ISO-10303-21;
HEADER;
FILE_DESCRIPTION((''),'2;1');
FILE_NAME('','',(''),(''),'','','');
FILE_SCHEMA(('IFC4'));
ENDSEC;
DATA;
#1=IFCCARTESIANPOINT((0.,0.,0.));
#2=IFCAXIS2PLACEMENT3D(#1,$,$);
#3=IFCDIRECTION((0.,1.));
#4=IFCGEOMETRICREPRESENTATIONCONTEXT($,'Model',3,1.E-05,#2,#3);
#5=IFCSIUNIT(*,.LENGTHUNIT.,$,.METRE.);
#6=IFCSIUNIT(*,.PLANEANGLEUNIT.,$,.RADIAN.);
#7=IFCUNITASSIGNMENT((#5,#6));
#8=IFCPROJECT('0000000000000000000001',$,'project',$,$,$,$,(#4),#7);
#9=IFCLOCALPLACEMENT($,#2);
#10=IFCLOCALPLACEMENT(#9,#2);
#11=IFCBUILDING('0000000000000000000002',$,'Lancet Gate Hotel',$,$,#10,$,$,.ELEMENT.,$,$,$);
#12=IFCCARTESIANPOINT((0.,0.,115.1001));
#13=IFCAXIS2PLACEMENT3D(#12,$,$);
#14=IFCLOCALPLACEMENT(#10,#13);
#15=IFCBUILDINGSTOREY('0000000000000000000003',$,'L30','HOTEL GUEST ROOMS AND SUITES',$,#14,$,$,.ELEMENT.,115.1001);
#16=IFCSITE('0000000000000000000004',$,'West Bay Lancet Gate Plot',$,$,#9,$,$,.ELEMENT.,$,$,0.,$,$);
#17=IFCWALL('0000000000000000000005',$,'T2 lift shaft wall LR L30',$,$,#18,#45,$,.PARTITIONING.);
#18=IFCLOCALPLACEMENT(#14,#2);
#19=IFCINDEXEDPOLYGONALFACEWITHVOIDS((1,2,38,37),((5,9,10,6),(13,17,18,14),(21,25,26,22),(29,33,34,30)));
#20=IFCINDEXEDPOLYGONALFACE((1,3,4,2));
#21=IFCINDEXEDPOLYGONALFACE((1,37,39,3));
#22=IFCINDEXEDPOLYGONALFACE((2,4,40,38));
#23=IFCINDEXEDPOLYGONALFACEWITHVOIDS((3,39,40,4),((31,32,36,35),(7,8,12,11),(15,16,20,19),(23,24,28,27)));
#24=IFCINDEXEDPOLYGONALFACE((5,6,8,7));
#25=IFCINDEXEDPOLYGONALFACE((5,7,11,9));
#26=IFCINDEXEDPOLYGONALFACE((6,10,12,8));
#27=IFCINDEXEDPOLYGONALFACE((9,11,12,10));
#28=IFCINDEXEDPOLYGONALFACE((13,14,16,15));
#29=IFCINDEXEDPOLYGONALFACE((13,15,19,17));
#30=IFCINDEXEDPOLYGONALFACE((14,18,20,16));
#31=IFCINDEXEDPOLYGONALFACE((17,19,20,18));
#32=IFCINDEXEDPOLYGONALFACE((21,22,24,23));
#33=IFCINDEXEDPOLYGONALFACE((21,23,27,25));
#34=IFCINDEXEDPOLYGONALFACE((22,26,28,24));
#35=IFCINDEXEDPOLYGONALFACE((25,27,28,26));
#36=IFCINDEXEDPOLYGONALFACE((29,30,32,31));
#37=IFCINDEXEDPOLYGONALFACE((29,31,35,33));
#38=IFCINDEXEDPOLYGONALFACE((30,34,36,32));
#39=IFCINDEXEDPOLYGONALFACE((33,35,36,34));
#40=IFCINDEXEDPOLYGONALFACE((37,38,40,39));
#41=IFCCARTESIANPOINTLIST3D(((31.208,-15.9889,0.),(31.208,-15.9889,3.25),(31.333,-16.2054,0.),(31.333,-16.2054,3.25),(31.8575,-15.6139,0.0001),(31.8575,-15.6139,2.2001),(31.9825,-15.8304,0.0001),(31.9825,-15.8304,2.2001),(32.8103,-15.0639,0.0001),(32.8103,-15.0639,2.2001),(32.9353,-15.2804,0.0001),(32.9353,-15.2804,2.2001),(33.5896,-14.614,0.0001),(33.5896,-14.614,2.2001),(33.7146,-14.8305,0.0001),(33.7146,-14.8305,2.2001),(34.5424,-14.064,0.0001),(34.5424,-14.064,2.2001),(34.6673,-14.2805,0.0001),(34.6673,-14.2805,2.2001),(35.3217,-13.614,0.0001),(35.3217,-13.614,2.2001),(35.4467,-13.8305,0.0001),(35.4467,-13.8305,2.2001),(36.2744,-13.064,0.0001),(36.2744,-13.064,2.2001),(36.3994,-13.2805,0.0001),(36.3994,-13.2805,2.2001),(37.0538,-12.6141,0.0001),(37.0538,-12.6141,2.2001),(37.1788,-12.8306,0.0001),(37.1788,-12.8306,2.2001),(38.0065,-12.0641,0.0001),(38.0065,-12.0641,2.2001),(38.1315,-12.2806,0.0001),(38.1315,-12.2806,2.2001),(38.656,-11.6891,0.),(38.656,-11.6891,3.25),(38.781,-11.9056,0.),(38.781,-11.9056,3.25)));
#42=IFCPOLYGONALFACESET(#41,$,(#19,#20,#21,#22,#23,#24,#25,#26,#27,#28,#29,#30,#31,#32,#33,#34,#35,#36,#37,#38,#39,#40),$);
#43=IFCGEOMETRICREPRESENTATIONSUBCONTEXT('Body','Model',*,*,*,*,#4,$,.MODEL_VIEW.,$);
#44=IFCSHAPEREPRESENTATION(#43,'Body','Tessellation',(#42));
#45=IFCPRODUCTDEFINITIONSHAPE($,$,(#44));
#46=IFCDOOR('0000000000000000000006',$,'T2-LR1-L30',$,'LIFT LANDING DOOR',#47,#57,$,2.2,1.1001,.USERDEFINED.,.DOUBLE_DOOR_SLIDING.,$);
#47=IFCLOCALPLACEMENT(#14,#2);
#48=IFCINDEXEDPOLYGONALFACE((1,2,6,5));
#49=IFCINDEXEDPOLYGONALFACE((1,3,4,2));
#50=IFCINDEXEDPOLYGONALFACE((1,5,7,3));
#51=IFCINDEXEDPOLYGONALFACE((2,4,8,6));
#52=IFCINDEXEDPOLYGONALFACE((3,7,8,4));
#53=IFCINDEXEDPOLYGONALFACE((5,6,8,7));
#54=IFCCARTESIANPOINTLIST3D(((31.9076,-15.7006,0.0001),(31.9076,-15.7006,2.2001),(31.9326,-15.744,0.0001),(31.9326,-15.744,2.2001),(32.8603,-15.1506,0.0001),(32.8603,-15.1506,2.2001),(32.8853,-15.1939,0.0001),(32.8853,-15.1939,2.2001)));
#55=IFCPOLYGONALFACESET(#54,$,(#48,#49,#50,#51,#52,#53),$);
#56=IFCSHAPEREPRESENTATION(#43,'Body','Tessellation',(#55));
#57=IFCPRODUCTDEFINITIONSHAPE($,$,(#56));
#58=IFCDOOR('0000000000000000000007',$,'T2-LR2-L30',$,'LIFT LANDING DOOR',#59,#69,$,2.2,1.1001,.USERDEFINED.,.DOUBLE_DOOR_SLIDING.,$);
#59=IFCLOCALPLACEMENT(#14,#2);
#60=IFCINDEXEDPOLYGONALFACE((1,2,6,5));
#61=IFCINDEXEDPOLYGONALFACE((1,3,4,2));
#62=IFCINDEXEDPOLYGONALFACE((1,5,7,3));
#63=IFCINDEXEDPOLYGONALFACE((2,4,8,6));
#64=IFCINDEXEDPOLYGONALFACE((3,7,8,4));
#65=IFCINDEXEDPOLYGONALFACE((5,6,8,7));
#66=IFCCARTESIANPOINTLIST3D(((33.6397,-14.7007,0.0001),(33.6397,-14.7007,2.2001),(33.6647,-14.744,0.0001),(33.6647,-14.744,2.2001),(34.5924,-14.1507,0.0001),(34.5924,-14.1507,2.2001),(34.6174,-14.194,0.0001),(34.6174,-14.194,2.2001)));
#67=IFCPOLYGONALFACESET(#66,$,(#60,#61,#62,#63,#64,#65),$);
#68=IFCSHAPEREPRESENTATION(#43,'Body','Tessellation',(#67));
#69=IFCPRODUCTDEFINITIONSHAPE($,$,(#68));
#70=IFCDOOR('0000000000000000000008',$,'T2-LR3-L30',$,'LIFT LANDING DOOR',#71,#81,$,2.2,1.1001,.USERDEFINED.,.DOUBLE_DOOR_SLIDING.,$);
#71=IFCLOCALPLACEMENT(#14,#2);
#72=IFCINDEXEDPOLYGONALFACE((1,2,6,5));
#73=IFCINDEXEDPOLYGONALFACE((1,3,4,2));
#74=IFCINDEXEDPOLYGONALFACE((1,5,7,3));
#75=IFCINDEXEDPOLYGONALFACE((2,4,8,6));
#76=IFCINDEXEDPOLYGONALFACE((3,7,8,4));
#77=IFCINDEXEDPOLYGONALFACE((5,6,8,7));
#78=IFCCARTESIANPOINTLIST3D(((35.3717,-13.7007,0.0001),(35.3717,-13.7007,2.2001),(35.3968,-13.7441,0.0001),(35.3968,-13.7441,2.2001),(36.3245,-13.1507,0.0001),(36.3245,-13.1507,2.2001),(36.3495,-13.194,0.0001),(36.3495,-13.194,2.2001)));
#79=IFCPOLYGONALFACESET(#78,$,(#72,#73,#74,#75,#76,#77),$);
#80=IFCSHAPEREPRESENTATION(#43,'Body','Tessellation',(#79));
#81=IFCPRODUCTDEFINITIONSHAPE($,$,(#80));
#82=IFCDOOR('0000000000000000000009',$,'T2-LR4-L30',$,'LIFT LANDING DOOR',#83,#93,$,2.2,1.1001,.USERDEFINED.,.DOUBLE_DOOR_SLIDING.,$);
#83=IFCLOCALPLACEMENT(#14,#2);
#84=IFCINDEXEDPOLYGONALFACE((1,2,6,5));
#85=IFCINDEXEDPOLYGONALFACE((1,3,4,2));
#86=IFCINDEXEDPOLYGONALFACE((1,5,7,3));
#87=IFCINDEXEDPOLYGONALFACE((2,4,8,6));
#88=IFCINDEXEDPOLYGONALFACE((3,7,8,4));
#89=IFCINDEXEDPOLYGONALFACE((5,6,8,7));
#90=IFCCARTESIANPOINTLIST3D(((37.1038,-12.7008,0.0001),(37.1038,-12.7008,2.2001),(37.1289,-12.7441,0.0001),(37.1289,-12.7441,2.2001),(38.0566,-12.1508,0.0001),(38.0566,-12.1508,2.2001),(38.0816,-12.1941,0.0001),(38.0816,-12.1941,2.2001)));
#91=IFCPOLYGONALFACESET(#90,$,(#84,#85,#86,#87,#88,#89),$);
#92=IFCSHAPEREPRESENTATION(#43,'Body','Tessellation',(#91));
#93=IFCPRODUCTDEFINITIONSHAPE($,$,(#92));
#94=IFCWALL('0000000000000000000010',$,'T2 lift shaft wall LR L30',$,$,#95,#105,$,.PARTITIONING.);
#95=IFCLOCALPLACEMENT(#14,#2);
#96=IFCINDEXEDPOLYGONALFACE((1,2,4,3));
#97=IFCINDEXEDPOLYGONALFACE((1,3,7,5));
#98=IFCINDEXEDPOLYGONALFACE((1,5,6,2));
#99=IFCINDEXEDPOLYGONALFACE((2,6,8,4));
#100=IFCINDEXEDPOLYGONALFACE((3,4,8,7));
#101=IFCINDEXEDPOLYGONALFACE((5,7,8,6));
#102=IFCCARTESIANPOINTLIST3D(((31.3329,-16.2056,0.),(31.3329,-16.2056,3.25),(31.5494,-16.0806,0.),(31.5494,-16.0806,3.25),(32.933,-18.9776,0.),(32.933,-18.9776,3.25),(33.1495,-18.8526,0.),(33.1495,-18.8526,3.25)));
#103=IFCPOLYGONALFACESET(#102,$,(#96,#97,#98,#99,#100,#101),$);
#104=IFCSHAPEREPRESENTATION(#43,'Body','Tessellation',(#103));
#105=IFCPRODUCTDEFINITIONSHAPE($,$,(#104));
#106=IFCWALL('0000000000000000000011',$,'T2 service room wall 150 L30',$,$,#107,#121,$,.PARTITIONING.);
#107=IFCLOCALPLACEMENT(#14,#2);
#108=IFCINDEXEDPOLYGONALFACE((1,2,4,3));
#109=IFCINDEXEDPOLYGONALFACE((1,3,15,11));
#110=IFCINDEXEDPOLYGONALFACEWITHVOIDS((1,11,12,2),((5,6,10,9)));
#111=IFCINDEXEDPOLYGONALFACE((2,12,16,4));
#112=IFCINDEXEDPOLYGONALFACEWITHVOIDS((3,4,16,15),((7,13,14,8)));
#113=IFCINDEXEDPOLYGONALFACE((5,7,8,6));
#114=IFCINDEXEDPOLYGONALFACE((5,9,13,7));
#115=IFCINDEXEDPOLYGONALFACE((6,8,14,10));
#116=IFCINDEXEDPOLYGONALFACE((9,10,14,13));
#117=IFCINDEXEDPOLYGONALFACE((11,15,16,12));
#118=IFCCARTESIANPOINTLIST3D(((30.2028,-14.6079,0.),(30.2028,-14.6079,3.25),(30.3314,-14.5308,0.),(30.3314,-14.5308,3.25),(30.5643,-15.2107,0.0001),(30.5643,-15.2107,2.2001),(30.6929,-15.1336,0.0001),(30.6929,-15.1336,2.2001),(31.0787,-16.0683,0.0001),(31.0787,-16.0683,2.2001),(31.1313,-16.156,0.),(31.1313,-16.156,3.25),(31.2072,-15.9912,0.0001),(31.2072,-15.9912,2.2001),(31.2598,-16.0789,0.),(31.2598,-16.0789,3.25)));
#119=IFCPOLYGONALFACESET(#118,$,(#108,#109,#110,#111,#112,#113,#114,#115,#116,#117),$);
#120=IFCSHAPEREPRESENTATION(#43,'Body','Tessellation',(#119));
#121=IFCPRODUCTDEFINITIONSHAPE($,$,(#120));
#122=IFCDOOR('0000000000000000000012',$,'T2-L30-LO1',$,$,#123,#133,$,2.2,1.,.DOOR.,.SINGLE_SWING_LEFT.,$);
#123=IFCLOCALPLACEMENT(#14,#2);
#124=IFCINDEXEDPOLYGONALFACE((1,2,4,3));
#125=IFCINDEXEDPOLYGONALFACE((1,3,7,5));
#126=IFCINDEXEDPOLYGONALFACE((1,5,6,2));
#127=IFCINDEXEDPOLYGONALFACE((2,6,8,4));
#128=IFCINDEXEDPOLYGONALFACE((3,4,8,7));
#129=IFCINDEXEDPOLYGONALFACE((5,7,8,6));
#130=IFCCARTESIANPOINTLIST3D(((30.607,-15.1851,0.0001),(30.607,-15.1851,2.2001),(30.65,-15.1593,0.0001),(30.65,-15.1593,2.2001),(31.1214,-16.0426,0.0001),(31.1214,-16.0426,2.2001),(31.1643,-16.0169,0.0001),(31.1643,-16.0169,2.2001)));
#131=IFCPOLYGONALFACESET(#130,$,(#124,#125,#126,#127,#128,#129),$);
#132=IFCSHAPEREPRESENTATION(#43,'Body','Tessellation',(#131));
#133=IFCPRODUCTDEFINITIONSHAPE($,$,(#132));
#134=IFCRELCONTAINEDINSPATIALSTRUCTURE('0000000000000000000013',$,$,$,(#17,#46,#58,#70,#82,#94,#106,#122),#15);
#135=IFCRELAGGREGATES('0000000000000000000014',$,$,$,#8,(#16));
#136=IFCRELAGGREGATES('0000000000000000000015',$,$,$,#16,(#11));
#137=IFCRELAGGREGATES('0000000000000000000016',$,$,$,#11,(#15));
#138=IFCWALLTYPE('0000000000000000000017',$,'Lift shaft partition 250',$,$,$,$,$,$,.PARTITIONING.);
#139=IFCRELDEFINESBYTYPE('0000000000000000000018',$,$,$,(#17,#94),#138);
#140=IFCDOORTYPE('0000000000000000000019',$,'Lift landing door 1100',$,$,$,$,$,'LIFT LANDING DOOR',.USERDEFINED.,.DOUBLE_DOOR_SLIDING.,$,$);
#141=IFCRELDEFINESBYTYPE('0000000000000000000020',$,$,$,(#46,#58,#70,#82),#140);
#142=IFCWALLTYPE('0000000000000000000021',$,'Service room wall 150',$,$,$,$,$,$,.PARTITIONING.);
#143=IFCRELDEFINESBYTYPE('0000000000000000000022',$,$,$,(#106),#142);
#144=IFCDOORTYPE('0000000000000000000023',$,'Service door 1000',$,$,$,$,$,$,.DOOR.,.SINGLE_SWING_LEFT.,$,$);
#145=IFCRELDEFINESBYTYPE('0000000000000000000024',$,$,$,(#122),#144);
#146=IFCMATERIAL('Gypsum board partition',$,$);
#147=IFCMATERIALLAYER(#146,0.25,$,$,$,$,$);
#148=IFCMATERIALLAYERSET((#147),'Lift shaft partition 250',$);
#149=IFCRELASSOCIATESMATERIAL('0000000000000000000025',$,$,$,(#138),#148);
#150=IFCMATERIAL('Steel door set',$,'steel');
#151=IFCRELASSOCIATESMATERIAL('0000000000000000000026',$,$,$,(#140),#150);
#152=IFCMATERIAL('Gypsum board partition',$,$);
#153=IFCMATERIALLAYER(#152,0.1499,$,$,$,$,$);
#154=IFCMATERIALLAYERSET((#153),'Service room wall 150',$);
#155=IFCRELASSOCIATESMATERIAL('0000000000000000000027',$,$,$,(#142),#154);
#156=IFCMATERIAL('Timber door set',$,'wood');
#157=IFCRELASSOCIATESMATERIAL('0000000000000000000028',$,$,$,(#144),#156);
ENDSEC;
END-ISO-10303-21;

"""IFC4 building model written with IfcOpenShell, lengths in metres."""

from ifc_helpers import new_model, si_unit, direction, frame, frame_2d, origin, place, context, subcontext, project, spatial, rectangle, extrude, material, layer, layer_set, type_object, element, fill, save


model = new_model("IFC4")

# Units and contexts
model_context = context("Model", 3, precision=1e-05, world=origin(), true_north=direction((0.0, 1.0)))
body_context = subcontext(model_context, "Body", "Model", "MODEL_VIEW")
ifc_project = project(units=[si_unit("LENGTHUNIT", "METRE"), si_unit("PLANEANGLEUNIT", "RADIAN")], contexts=[model_context])

# Site, building, storey
site_placement = place(None, origin())
site = spatial("IfcSite", under=ifc_project, at=site_placement, Name="West Bay Lancet Gate Plot", CompositionType="ELEMENT", RefElevation=0.0)
building_placement = place(site_placement, origin())
building = spatial("IfcBuilding", under=site, at=building_placement, Name="Lancet Gate Hotel", CompositionType="ELEMENT")
storey_placement = place(building_placement, frame((0.0, 0.0, 115.1001)))
storey = spatial("IfcBuildingStorey", under=building, at=storey_placement, Name="L30", Description="HOTEL GUEST ROOMS AND SUITES", CompositionType="ELEMENT", Elevation=115.1001)

# Wall, openings, doors
ifc_material_1 = material(Name="Gypsum board partition")
ifc_layer_1 = layer(ifc_material_1, 0.25)
ifc_layer_set_1 = layer_set([ifc_layer_1], Name="Lift shaft partition 250")
wall_type_1 = type_object("IfcWallType", Name="Lift shaft partition 250", PredefinedType="PARTITIONING", material=ifc_layer_set_1)
wall_1_placement = place(storey_placement, frame((31.2705, -16.0972, 0.0), z_axis=(0.0, 0.0, 1.0), x_axis=(0.86604, 0.499974, 0.0)))
wall_1 = element("IfcWall", 1, at=wall_1_placement, inside=storey, type_object=wall_type_1, Name="T2 lift shaft wall LR L30", PredefinedType="PARTITIONING", context=body_context, shape_type="SweptSolid", body=[
    extrude(rectangle(XDim=8.6001, YDim=0.25, at=frame_2d((4.3, 0.0))), origin(), (0.0, 0.0, 1.0), 3.25),
])
opening_1_placement = place(wall_1_placement, frame((0.75, 0.0, 0.0)))
opening_1 = element("IfcOpeningElement", 2, at=opening_1_placement, cuts=wall_1, PredefinedType="OPENING", context=body_context, shape_type="SweptSolid", body=[
    extrude(rectangle(XDim=1.1001, YDim=2.2, at=frame_2d((0.55, 1.1001))), frame((0.0, 0.135, 0.0), z_axis=(0.0, -1.0, 0.0), x_axis=(1.0, 0.0, 0.0)), (0.0, 0.0, 1.0), 0.27),
])
opening_2_placement = place(wall_1_placement, frame((2.75, 0.0, 0.0)))
opening_2 = element("IfcOpeningElement", 3, at=opening_2_placement, cuts=wall_1, PredefinedType="OPENING", context=body_context, shape_type="SweptSolid", body=[
    extrude(rectangle(XDim=1.1001, YDim=2.2, at=frame_2d((0.55, 1.1001))), frame((0.0, 0.135, 0.0), z_axis=(0.0, -1.0, 0.0), x_axis=(1.0, 0.0, 0.0)), (0.0, 0.0, 1.0), 0.27),
])
opening_3_placement = place(wall_1_placement, frame((4.75, 0.0, 0.0)))
opening_3 = element("IfcOpeningElement", 4, at=opening_3_placement, cuts=wall_1, PredefinedType="OPENING", context=body_context, shape_type="SweptSolid", body=[
    extrude(rectangle(XDim=1.1001, YDim=2.2, at=frame_2d((0.55, 1.1001))), frame((0.0, 0.135, 0.0), z_axis=(0.0, -1.0, 0.0), x_axis=(1.0, 0.0, 0.0)), (0.0, 0.0, 1.0), 0.27),
])
opening_4_placement = place(wall_1_placement, frame((6.75, 0.0, 0.0)))
opening_4 = element("IfcOpeningElement", 5, at=opening_4_placement, cuts=wall_1, PredefinedType="OPENING", context=body_context, shape_type="SweptSolid", body=[
    extrude(rectangle(XDim=1.1001, YDim=2.2, at=frame_2d((0.55, 1.1001))), frame((0.0, 0.135, 0.0), z_axis=(0.0, -1.0, 0.0), x_axis=(1.0, 0.0, 0.0)), (0.0, 0.0, 1.0), 0.27),
])
ifc_material_2 = material(Name="Steel door set", Category="steel")
door_type_1 = type_object("IfcDoorType", Name="Lift landing door 1100", ElementType="LIFT LANDING DOOR", OperationType="DOUBLE_DOOR_SLIDING", PredefinedType="USERDEFINED", material=ifc_material_2)
door_1_placement = place(opening_1_placement, origin())
door_1 = element("IfcDoor", 6, at=door_1_placement, inside=storey, type_object=door_type_1, Name="T2-LR1-L30", ObjectType="LIFT LANDING DOOR", OperationType="DOUBLE_DOOR_SLIDING", OverallHeight=2.2, OverallWidth=1.1001, PredefinedType="USERDEFINED", context=body_context, shape_type="SweptSolid", body=[
    extrude(rectangle(XDim=1.1001, YDim=2.2, at=frame_2d((0.55, 1.1001))), frame((0.0, 0.0249, 0.0), z_axis=(0.0, -1.0, 0.0), x_axis=(1.0, 0.0, 0.0)), (0.0, 0.0, 1.0), 0.05),
])
fill(opening_1, door_1)
door_2_placement = place(opening_2_placement, origin())
door_2 = element("IfcDoor", 7, at=door_2_placement, inside=storey, type_object=door_type_1, Name="T2-LR2-L30", ObjectType="LIFT LANDING DOOR", OperationType="DOUBLE_DOOR_SLIDING", OverallHeight=2.2, OverallWidth=1.1001, PredefinedType="USERDEFINED", context=body_context, shape_type="SweptSolid", body=[
    extrude(rectangle(XDim=1.1001, YDim=2.2, at=frame_2d((0.55, 1.1001))), frame((0.0, 0.0249, 0.0), z_axis=(0.0, -1.0, 0.0), x_axis=(1.0, 0.0, 0.0)), (0.0, 0.0, 1.0), 0.05),
])
fill(opening_2, door_2)
door_3_placement = place(opening_3_placement, origin())
door_3 = element("IfcDoor", 8, at=door_3_placement, inside=storey, type_object=door_type_1, Name="T2-LR3-L30", ObjectType="LIFT LANDING DOOR", OperationType="DOUBLE_DOOR_SLIDING", OverallHeight=2.2, OverallWidth=1.1001, PredefinedType="USERDEFINED", context=body_context, shape_type="SweptSolid", body=[
    extrude(rectangle(XDim=1.1001, YDim=2.2, at=frame_2d((0.55, 1.1001))), frame((0.0, 0.0249, 0.0), z_axis=(0.0, -1.0, 0.0), x_axis=(1.0, 0.0, 0.0)), (0.0, 0.0, 1.0), 0.05),
])
fill(opening_3, door_3)
door_4_placement = place(opening_4_placement, origin())
door_4 = element("IfcDoor", 9, at=door_4_placement, inside=storey, type_object=door_type_1, Name="T2-LR4-L30", ObjectType="LIFT LANDING DOOR", OperationType="DOUBLE_DOOR_SLIDING", OverallHeight=2.2, OverallWidth=1.1001, PredefinedType="USERDEFINED", context=body_context, shape_type="SweptSolid", body=[
    extrude(rectangle(XDim=1.1001, YDim=2.2, at=frame_2d((0.55, 1.1001))), frame((0.0, 0.0249, 0.0), z_axis=(0.0, -1.0, 0.0), x_axis=(1.0, 0.0, 0.0)), (0.0, 0.0, 1.0), 0.05),
])
fill(opening_4, door_4)

# Wall
wall_2_placement = place(storey_placement, frame((31.4412, -16.1431, 0.0), z_axis=(0.0, 0.0, 1.0), x_axis=(0.499929, -0.866066, 0.0)))
element("IfcWall", 10, at=wall_2_placement, inside=storey, type_object=wall_type_1, Name="T2 lift shaft wall LR L30", PredefinedType="PARTITIONING", context=body_context, shape_type="SweptSolid", body=[
    extrude(rectangle(XDim=3.2007, YDim=0.25, at=frame_2d((1.6003, 0.0))), origin(), (0.0, 0.0, 1.0), 3.25),
])

# Wall, opening, door
ifc_material_3 = material(Name="Gypsum board partition")
ifc_layer_2 = layer(ifc_material_3, 0.1499)
ifc_layer_set_2 = layer_set([ifc_layer_2], Name="Service room wall 150")
wall_type_2 = type_object("IfcWallType", Name="Service room wall 150", PredefinedType="PARTITIONING", material=ifc_layer_set_2)
wall_3_placement = place(storey_placement, frame((30.2671, -14.5693, 0.0), z_axis=(0.0, 0.0, 1.0), x_axis=(0.514337, -0.857588, 0.0)))
wall_3 = element("IfcWall", 11, at=wall_3_placement, inside=storey, type_object=wall_type_2, Name="T2 service room wall 150 L30", PredefinedType="PARTITIONING", context=body_context, shape_type="SweptSolid", body=[
    extrude(rectangle(XDim=1.8052, YDim=0.1499, at=frame_2d((0.9026, 0.0))), origin(), (0.0, 0.0, 1.0), 3.25),
])
opening_5_placement = place(wall_3_placement, frame((0.7029, 0.0, 0.0)))
opening_5 = element("IfcOpeningElement", 12, at=opening_5_placement, cuts=wall_3, PredefinedType="OPENING", context=body_context, shape_type="SweptSolid", body=[
    extrude(rectangle(XDim=1.0, YDim=2.2, at=frame_2d((0.5, 1.1001))), frame((0.0, 0.085, 0.0), z_axis=(0.0, -1.0, 0.0), x_axis=(1.0, 0.0, 0.0)), (0.0, 0.0, 1.0), 0.1699),
])
ifc_material_4 = material(Name="Timber door set", Category="wood")
door_type_2 = type_object("IfcDoorType", Name="Service door 1000", OperationType="SINGLE_SWING_LEFT", PredefinedType="DOOR", material=ifc_material_4)
door_5_placement = place(opening_5_placement, origin())
door_5 = element("IfcDoor", 13, at=door_5_placement, inside=storey, type_object=door_type_2, Name="T2-L30-LO1", OperationType="SINGLE_SWING_LEFT", OverallHeight=2.2, OverallWidth=1.0, PredefinedType="DOOR", context=body_context, shape_type="SweptSolid", body=[
    extrude(rectangle(XDim=1.0, YDim=2.2, at=frame_2d((0.5, 1.1001))), frame((0.0, 0.0249, 0.0), z_axis=(0.0, -1.0, 0.0), x_axis=(1.0, 0.0, 0.0)), (0.0, 0.0, 1.0), 0.05),
])
fill(opening_5, door_5)

save(model, "model.ifc")
